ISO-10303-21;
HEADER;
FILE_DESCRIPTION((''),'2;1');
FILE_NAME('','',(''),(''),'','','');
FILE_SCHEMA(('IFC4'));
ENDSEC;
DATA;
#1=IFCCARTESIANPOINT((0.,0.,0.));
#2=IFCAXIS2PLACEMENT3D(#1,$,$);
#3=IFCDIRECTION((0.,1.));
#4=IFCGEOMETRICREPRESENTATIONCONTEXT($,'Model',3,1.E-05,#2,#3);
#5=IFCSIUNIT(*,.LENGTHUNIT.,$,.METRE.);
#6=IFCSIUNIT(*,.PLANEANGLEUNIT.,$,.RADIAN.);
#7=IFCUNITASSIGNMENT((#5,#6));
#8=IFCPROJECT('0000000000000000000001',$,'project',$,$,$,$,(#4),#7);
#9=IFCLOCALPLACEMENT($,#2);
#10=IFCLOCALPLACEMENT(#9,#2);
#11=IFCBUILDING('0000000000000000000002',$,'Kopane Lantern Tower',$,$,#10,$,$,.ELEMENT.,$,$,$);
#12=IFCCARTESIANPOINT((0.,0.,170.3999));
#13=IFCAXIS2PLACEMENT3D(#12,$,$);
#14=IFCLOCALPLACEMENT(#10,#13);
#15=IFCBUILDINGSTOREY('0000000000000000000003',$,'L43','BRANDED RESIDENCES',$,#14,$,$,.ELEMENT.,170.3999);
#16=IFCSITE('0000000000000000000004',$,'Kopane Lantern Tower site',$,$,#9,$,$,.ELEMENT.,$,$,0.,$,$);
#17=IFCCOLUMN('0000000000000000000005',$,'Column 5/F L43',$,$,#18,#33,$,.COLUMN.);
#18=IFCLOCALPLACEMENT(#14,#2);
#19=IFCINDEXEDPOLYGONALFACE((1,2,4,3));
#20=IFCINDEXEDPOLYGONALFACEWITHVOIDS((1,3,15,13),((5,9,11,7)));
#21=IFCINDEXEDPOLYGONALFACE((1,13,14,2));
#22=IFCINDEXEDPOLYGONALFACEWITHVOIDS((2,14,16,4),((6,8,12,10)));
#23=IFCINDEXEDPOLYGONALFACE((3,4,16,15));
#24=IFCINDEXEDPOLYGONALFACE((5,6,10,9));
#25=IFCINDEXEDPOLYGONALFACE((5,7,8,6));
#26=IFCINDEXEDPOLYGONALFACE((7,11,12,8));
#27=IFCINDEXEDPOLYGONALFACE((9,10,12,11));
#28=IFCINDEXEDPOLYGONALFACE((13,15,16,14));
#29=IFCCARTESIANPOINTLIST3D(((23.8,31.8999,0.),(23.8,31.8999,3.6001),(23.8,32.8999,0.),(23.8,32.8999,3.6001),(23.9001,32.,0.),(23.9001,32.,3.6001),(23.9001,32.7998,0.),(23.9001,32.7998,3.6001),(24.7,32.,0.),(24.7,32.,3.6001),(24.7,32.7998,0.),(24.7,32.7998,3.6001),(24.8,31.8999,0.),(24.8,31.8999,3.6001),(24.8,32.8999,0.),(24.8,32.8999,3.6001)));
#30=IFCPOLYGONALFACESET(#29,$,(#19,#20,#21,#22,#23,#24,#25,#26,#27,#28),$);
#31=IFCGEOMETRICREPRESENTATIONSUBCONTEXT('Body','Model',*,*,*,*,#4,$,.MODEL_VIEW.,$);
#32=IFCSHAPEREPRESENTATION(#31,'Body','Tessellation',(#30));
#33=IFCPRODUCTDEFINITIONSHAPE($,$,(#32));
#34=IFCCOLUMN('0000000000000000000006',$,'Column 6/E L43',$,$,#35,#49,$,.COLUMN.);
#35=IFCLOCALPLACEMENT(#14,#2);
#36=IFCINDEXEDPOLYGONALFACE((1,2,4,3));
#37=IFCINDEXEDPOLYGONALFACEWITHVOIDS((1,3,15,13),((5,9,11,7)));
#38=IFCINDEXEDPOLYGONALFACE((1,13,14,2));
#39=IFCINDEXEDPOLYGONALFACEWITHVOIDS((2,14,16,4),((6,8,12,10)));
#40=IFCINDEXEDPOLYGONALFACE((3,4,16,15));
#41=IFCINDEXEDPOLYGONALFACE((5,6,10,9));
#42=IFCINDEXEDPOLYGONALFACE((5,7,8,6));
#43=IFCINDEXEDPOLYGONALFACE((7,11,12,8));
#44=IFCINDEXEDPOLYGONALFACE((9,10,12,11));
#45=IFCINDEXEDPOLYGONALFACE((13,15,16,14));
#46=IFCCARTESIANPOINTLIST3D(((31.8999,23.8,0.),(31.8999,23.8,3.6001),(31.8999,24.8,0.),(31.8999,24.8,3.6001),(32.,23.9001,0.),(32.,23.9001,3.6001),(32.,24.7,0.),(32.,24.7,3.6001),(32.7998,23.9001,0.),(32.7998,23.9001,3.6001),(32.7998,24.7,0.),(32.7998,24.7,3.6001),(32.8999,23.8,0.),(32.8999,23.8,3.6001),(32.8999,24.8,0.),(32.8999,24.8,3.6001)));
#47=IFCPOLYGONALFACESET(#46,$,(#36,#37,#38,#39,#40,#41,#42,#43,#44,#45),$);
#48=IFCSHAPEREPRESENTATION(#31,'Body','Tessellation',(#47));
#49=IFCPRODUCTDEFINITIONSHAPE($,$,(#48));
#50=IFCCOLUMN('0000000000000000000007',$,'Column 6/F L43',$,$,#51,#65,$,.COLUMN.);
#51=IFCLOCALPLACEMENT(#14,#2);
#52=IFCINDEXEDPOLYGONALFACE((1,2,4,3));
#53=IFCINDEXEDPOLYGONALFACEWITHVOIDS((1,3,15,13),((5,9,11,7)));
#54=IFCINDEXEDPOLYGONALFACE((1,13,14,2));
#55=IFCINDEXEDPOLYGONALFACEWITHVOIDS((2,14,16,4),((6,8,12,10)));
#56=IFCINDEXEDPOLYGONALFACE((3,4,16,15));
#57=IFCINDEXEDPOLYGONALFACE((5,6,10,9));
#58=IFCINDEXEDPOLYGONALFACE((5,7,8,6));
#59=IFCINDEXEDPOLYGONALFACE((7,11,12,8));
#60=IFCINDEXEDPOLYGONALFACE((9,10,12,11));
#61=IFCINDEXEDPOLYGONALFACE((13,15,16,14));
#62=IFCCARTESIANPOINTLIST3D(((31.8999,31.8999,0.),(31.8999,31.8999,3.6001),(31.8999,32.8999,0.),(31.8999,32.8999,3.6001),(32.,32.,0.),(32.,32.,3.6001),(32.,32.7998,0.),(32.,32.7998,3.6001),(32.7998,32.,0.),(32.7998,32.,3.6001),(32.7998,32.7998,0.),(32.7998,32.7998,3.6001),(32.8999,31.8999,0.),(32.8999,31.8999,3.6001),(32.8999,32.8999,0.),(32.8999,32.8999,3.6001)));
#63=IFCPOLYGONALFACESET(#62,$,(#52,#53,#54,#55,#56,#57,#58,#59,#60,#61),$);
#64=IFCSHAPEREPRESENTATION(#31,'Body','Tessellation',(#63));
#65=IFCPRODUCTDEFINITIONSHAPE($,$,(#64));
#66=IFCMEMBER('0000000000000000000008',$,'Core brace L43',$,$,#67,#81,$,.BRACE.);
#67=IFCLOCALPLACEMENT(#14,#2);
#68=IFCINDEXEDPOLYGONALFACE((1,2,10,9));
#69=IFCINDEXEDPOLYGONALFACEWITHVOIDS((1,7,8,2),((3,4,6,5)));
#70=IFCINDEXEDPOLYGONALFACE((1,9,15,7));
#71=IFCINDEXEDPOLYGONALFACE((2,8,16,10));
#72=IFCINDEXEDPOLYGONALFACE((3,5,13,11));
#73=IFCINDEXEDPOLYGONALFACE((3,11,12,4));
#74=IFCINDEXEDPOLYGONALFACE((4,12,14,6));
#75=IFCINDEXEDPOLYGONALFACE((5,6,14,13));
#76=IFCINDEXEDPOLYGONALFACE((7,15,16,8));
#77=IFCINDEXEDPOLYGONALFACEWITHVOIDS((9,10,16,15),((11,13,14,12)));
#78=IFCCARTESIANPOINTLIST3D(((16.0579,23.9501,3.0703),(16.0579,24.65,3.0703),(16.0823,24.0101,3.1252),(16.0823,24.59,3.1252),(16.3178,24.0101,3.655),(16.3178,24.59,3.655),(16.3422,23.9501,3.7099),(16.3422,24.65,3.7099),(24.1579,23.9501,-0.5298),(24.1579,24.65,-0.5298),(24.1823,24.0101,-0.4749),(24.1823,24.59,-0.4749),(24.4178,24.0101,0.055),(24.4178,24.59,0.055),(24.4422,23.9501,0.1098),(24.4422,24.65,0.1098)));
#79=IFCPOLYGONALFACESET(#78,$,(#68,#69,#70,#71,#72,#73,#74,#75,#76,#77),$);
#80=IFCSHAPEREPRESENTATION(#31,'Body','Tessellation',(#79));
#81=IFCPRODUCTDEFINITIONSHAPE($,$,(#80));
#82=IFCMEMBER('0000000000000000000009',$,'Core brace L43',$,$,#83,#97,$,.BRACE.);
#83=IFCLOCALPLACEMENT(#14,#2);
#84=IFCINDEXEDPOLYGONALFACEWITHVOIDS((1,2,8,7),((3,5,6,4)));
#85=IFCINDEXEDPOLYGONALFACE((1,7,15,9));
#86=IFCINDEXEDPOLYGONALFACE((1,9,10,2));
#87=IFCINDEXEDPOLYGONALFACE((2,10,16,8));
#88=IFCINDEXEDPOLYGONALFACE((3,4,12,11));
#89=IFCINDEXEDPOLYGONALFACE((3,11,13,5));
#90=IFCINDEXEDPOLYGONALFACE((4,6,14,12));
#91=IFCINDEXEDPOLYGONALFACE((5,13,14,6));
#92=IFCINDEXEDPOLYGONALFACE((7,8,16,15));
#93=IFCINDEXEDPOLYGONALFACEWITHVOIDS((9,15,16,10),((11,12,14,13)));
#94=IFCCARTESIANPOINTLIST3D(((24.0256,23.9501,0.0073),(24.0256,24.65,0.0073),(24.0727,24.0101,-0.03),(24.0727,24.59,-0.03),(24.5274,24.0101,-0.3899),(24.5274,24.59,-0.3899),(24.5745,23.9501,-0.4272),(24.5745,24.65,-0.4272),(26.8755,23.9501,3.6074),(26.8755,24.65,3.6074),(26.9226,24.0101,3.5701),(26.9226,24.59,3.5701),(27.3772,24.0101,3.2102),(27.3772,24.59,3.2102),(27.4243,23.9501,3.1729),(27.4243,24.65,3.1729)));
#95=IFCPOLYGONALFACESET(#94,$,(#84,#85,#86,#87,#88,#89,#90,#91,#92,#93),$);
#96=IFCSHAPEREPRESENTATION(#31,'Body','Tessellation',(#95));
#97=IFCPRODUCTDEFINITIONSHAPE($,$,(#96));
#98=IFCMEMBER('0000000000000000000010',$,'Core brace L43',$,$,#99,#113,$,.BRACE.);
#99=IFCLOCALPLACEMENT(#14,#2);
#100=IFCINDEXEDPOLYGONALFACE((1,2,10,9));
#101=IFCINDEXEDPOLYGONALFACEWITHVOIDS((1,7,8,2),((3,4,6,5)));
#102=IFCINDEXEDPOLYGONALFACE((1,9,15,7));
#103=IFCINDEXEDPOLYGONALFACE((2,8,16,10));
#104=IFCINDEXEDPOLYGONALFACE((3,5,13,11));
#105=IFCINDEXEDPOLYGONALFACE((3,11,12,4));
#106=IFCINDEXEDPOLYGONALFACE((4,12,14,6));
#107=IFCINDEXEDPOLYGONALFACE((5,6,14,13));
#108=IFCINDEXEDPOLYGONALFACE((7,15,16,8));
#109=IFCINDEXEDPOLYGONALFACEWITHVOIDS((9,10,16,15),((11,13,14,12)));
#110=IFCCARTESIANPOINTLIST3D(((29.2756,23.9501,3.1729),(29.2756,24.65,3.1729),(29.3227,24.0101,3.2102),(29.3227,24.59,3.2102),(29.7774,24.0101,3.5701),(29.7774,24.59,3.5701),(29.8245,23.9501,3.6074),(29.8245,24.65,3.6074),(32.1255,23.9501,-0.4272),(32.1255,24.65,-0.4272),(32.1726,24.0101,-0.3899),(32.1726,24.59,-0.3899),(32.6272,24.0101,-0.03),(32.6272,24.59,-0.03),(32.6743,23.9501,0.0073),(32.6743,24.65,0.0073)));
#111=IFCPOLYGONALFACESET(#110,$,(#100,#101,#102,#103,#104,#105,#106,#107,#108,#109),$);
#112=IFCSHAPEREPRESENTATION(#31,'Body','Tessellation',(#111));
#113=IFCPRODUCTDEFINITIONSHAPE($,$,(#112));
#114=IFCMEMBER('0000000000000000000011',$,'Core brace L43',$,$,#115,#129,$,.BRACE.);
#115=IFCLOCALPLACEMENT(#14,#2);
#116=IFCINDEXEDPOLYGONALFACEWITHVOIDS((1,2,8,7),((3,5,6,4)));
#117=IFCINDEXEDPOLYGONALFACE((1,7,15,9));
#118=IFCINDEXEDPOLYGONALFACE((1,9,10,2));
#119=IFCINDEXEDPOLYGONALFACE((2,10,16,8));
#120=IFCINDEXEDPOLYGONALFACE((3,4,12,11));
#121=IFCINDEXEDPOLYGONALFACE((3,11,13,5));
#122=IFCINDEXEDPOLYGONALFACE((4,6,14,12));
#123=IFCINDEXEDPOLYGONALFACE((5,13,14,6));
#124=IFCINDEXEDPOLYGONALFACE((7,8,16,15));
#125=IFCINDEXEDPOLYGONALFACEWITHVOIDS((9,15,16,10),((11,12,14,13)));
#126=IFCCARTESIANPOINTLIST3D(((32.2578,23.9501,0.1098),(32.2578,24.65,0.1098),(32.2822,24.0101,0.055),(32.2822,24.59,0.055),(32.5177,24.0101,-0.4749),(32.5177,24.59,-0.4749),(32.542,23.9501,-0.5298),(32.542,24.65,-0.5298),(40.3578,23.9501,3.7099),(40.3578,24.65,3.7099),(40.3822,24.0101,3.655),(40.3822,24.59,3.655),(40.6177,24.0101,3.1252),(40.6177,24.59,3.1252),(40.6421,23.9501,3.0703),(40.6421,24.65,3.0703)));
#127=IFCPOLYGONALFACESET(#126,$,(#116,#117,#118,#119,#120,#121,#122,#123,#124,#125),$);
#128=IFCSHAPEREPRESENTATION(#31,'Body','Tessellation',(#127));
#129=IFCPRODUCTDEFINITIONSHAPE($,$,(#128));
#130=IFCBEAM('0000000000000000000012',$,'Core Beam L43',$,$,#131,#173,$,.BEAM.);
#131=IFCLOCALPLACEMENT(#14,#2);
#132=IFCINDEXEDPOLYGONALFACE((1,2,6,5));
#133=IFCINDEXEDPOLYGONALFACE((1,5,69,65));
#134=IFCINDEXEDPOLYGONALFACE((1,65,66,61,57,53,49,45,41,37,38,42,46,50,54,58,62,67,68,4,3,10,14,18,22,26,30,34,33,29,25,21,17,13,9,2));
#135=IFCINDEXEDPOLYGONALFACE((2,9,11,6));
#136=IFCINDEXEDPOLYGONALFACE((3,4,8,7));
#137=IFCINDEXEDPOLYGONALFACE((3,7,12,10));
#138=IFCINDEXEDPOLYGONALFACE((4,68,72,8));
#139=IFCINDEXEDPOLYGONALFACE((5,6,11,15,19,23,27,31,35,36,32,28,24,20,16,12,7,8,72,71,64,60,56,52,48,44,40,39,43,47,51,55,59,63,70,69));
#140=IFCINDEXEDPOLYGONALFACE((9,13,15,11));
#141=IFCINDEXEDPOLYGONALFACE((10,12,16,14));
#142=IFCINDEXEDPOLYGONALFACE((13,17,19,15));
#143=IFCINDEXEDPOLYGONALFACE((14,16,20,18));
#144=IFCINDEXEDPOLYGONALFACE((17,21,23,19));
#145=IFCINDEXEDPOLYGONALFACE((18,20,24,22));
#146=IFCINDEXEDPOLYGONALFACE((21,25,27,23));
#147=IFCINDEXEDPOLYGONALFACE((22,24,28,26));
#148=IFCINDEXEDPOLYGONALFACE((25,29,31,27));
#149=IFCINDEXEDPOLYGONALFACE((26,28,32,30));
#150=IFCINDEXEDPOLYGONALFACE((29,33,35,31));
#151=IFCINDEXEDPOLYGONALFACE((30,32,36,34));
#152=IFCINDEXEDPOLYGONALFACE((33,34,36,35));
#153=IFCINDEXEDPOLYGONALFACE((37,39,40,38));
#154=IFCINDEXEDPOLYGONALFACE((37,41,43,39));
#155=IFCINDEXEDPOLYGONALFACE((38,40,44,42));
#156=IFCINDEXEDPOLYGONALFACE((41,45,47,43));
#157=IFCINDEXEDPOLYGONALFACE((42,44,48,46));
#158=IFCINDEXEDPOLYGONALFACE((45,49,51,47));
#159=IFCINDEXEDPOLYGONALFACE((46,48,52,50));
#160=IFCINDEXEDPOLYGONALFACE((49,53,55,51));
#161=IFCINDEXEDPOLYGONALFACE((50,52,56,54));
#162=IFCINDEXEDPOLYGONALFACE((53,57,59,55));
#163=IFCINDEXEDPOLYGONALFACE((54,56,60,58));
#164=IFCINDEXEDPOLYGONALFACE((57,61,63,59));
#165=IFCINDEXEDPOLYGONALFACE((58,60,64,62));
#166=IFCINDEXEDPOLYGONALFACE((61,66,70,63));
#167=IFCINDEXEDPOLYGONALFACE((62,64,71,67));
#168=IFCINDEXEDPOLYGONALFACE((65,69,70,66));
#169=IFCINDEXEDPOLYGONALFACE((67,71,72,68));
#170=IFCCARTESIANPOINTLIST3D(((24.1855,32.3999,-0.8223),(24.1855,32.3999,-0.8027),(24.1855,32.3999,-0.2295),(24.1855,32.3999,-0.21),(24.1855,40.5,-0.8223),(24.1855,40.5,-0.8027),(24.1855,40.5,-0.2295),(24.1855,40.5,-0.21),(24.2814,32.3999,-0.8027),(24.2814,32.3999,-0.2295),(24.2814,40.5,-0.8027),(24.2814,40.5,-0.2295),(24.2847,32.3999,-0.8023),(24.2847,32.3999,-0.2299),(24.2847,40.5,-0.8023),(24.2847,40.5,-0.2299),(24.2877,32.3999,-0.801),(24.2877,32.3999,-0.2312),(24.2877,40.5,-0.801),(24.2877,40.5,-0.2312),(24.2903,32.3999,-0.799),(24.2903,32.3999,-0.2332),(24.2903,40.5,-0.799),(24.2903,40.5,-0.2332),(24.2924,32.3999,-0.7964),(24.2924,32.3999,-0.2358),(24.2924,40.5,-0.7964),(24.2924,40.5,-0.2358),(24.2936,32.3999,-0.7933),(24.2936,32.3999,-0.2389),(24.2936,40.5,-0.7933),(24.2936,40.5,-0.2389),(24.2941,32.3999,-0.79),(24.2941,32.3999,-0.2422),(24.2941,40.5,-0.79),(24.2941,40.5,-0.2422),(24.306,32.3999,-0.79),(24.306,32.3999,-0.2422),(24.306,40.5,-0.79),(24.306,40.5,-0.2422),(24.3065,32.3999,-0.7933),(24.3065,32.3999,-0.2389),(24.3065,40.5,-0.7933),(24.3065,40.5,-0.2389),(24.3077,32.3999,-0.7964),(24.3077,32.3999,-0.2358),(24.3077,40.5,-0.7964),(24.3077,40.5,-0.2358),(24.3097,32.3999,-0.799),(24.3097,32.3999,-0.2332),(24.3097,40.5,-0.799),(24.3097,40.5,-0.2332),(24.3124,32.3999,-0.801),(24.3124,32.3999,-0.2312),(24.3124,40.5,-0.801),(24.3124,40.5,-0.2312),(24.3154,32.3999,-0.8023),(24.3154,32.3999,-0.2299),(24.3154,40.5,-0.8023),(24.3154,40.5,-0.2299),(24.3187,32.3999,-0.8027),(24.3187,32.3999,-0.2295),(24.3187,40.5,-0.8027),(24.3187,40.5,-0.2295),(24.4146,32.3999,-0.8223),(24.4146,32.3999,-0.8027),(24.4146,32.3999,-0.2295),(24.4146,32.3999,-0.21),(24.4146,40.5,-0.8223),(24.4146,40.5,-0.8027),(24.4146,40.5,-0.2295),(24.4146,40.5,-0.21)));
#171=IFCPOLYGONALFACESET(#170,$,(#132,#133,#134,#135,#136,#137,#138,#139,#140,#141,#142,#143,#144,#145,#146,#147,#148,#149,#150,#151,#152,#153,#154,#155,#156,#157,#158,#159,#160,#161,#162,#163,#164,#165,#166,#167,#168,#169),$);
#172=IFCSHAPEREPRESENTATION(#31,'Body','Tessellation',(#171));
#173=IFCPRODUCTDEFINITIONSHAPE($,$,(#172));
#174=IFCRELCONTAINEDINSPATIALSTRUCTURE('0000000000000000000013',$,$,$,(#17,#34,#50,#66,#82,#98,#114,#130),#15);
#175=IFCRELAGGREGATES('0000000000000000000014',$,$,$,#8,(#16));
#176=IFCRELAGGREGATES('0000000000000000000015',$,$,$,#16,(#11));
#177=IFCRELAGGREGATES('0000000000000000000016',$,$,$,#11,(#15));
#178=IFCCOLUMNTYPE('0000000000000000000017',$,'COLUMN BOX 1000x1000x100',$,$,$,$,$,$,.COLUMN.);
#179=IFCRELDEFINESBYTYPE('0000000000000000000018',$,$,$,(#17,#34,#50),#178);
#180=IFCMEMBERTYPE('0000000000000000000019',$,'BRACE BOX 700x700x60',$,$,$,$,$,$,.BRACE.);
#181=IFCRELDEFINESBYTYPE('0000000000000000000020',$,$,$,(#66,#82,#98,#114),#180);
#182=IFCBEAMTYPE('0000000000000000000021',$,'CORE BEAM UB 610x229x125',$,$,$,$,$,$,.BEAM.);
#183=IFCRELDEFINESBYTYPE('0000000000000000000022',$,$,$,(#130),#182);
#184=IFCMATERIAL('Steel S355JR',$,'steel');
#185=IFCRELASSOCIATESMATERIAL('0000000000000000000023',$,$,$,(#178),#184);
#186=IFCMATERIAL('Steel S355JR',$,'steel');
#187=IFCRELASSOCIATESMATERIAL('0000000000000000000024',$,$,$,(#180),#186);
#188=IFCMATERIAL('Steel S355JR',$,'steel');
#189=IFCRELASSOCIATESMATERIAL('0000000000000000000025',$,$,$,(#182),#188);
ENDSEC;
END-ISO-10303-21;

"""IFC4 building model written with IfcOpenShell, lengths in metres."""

from ifc_helpers import new_model, si_unit, direction, frame, origin, origin_2d, place, context, subcontext, project, spatial, hollow_rectangle, i_section, extrude, material, material_profile, profile_set, type_object, element, save


model = new_model("IFC4")

# Units and contexts
model_context = context("Model", 3, precision=1e-05, world=origin(), true_north=direction((0.0, 1.0)))
body_context = subcontext(model_context, "Body", "Model", "MODEL_VIEW")
ifc_project = project(units=[si_unit("LENGTHUNIT", "METRE"), si_unit("PLANEANGLEUNIT", "RADIAN")], contexts=[model_context])

# Site, building, storey
site_placement = place(None, origin())
site = spatial("IfcSite", under=ifc_project, at=site_placement, Name="Kopane Lantern Tower site", CompositionType="ELEMENT", RefElevation=0.0)
building_placement = place(site_placement, origin())
building = spatial("IfcBuilding", under=site, at=building_placement, Name="Kopane Lantern Tower", CompositionType="ELEMENT")
storey_placement = place(building_placement, frame((0.0, 0.0, 170.3999)))
storey = spatial("IfcBuildingStorey", under=building, at=storey_placement, Name="L43", Description="BRANDED RESIDENCES", CompositionType="ELEMENT", Elevation=170.3999)

# Columns
ifc_material_1 = material(Name="Steel S355JR", Category="steel")
ifc_material_profile_1 = material_profile(ifc_material_1, hollow_rectangle(XDim=1.0, YDim=1.0, WallThickness=0.1001, at=origin_2d()), Name="BOX 1000x1000x100")
ifc_profile_set_1 = profile_set([ifc_material_profile_1], Name="Steel S355JR")
column_type = type_object("IfcColumnType", Name="COLUMN BOX 1000x1000x100", PredefinedType="COLUMN", material=ifc_profile_set_1)
for number, where, z_axis, x_axis, name in (
    (1, (24.3, 32.3999, 0.0), (0.0, 0.0, 1.0), (1.0, 0.0, 0.0), "Column 5/F L43"),
    (2, (32.3999, 24.3, 0.0), (0.0, 0.0, 1.0), (1.0, 0.0, 0.0), "Column 6/E L43"),
    (3, (32.3999, 32.3999, 0.0), (0.0, 0.0, 1.0), (1.0, 0.0, 0.0), "Column 6/F L43"),
):
    element("IfcColumn", number, at=place(storey_placement, frame(where, z_axis=z_axis, x_axis=x_axis)), inside=storey, type_object=column_type, Name=name, PredefinedType="COLUMN", context=body_context, shape_type="SweptSolid", body=[
        extrude(hollow_rectangle(XDim=1.0, YDim=1.0, WallThickness=0.1001, at=origin_2d()), origin(), (0.0, 0.0, 1.0), 3.6001),
    ])

# Members
ifc_material_2 = material(Name="Steel S355JR", Category="steel")
ifc_material_profile_2 = material_profile(ifc_material_2, hollow_rectangle(XDim=0.7, YDim=0.7, WallThickness=0.0601, at=origin_2d()), Name="BOX 700x700x60")
ifc_profile_set_2 = profile_set([ifc_material_profile_2], Name="Steel S355JR")
member_type = type_object("IfcMemberType", Name="BRACE BOX 700x700x60", PredefinedType="BRACE", material=ifc_profile_set_2)
member_1_placement = place(storey_placement, frame((24.3, 24.3, -0.21), z_axis=(-0.913809, 0.0, 0.406144), x_axis=(0.0, -1.0, 0.0)))
element("IfcMember", 4, at=member_1_placement, inside=storey, type_object=member_type, Name="Core brace L43", PredefinedType="BRACE", context=body_context, shape_type="SweptSolid", body=[
    extrude(hollow_rectangle(XDim=0.7, YDim=0.7, WallThickness=0.0601, at=origin_2d()), origin(), (0.0, 0.0, 1.0), 8.864),
])
for number, where, z_axis, x_axis, name in (
    (5, (24.3, 24.3, -0.21), (0.620673, 0.0, 0.78407), (0.0, 1.0, 0.0), "Core brace L43"),
    (6, (32.3999, 24.3, -0.21), (-0.620673, 0.0, 0.78407), (0.0, -1.0, 0.0), "Core brace L43"),
):
    element("IfcMember", number, at=place(storey_placement, frame(where, z_axis=z_axis, x_axis=x_axis)), inside=storey, type_object=member_type, Name=name, PredefinedType="BRACE", context=body_context, shape_type="SweptSolid", body=[
        extrude(hollow_rectangle(XDim=0.7, YDim=0.7, WallThickness=0.0601, at=origin_2d()), origin(), (0.0, 0.0, 1.0), 4.5916),
    ])
member_2_placement = place(storey_placement, frame((32.3999, 24.3, -0.21), z_axis=(0.913809, 0.0, 0.406144), x_axis=(0.0, 1.0, 0.0)))
element("IfcMember", 7, at=member_2_placement, inside=storey, type_object=member_type, Name="Core brace L43", PredefinedType="BRACE", context=body_context, shape_type="SweptSolid", body=[
    extrude(hollow_rectangle(XDim=0.7, YDim=0.7, WallThickness=0.0601, at=origin_2d()), origin(), (0.0, 0.0, 1.0), 8.864),
])

# Beam
ifc_material_3 = material(Name="Steel S355JR", Category="steel")
ifc_material_profile_3 = material_profile(ifc_material_3, i_section(OverallWidth=0.229, OverallDepth=0.6123, WebThickness=0.012, FlangeThickness=0.0195, FilletRadius=0.0127, at=origin_2d()), Name="UB 610x229x125")
ifc_profile_set_3 = profile_set([ifc_material_profile_3], Name="Steel S355JR")
beam_type_1 = type_object("IfcBeamType", Name="CORE BEAM UB 610x229x125", PredefinedType="BEAM", material=ifc_profile_set_3)
beam_1_placement = place(storey_placement, frame((24.3, 32.3999, -0.5161), z_axis=(0.0, 1.0, 0.0), x_axis=(-1.0, 0.0, 0.0)))
element("IfcBeam", 8, at=beam_1_placement, inside=storey, type_object=beam_type_1, Name="Core Beam L43", PredefinedType="BEAM", context=body_context, shape_type="SweptSolid", body=[
    extrude(i_section(OverallWidth=0.229, OverallDepth=0.6123, WebThickness=0.012, FlangeThickness=0.0195, FilletRadius=0.0127, at=origin_2d()), origin(), (0.0, 0.0, 1.0), 8.1001),
])

save(model, "model.ifc")
